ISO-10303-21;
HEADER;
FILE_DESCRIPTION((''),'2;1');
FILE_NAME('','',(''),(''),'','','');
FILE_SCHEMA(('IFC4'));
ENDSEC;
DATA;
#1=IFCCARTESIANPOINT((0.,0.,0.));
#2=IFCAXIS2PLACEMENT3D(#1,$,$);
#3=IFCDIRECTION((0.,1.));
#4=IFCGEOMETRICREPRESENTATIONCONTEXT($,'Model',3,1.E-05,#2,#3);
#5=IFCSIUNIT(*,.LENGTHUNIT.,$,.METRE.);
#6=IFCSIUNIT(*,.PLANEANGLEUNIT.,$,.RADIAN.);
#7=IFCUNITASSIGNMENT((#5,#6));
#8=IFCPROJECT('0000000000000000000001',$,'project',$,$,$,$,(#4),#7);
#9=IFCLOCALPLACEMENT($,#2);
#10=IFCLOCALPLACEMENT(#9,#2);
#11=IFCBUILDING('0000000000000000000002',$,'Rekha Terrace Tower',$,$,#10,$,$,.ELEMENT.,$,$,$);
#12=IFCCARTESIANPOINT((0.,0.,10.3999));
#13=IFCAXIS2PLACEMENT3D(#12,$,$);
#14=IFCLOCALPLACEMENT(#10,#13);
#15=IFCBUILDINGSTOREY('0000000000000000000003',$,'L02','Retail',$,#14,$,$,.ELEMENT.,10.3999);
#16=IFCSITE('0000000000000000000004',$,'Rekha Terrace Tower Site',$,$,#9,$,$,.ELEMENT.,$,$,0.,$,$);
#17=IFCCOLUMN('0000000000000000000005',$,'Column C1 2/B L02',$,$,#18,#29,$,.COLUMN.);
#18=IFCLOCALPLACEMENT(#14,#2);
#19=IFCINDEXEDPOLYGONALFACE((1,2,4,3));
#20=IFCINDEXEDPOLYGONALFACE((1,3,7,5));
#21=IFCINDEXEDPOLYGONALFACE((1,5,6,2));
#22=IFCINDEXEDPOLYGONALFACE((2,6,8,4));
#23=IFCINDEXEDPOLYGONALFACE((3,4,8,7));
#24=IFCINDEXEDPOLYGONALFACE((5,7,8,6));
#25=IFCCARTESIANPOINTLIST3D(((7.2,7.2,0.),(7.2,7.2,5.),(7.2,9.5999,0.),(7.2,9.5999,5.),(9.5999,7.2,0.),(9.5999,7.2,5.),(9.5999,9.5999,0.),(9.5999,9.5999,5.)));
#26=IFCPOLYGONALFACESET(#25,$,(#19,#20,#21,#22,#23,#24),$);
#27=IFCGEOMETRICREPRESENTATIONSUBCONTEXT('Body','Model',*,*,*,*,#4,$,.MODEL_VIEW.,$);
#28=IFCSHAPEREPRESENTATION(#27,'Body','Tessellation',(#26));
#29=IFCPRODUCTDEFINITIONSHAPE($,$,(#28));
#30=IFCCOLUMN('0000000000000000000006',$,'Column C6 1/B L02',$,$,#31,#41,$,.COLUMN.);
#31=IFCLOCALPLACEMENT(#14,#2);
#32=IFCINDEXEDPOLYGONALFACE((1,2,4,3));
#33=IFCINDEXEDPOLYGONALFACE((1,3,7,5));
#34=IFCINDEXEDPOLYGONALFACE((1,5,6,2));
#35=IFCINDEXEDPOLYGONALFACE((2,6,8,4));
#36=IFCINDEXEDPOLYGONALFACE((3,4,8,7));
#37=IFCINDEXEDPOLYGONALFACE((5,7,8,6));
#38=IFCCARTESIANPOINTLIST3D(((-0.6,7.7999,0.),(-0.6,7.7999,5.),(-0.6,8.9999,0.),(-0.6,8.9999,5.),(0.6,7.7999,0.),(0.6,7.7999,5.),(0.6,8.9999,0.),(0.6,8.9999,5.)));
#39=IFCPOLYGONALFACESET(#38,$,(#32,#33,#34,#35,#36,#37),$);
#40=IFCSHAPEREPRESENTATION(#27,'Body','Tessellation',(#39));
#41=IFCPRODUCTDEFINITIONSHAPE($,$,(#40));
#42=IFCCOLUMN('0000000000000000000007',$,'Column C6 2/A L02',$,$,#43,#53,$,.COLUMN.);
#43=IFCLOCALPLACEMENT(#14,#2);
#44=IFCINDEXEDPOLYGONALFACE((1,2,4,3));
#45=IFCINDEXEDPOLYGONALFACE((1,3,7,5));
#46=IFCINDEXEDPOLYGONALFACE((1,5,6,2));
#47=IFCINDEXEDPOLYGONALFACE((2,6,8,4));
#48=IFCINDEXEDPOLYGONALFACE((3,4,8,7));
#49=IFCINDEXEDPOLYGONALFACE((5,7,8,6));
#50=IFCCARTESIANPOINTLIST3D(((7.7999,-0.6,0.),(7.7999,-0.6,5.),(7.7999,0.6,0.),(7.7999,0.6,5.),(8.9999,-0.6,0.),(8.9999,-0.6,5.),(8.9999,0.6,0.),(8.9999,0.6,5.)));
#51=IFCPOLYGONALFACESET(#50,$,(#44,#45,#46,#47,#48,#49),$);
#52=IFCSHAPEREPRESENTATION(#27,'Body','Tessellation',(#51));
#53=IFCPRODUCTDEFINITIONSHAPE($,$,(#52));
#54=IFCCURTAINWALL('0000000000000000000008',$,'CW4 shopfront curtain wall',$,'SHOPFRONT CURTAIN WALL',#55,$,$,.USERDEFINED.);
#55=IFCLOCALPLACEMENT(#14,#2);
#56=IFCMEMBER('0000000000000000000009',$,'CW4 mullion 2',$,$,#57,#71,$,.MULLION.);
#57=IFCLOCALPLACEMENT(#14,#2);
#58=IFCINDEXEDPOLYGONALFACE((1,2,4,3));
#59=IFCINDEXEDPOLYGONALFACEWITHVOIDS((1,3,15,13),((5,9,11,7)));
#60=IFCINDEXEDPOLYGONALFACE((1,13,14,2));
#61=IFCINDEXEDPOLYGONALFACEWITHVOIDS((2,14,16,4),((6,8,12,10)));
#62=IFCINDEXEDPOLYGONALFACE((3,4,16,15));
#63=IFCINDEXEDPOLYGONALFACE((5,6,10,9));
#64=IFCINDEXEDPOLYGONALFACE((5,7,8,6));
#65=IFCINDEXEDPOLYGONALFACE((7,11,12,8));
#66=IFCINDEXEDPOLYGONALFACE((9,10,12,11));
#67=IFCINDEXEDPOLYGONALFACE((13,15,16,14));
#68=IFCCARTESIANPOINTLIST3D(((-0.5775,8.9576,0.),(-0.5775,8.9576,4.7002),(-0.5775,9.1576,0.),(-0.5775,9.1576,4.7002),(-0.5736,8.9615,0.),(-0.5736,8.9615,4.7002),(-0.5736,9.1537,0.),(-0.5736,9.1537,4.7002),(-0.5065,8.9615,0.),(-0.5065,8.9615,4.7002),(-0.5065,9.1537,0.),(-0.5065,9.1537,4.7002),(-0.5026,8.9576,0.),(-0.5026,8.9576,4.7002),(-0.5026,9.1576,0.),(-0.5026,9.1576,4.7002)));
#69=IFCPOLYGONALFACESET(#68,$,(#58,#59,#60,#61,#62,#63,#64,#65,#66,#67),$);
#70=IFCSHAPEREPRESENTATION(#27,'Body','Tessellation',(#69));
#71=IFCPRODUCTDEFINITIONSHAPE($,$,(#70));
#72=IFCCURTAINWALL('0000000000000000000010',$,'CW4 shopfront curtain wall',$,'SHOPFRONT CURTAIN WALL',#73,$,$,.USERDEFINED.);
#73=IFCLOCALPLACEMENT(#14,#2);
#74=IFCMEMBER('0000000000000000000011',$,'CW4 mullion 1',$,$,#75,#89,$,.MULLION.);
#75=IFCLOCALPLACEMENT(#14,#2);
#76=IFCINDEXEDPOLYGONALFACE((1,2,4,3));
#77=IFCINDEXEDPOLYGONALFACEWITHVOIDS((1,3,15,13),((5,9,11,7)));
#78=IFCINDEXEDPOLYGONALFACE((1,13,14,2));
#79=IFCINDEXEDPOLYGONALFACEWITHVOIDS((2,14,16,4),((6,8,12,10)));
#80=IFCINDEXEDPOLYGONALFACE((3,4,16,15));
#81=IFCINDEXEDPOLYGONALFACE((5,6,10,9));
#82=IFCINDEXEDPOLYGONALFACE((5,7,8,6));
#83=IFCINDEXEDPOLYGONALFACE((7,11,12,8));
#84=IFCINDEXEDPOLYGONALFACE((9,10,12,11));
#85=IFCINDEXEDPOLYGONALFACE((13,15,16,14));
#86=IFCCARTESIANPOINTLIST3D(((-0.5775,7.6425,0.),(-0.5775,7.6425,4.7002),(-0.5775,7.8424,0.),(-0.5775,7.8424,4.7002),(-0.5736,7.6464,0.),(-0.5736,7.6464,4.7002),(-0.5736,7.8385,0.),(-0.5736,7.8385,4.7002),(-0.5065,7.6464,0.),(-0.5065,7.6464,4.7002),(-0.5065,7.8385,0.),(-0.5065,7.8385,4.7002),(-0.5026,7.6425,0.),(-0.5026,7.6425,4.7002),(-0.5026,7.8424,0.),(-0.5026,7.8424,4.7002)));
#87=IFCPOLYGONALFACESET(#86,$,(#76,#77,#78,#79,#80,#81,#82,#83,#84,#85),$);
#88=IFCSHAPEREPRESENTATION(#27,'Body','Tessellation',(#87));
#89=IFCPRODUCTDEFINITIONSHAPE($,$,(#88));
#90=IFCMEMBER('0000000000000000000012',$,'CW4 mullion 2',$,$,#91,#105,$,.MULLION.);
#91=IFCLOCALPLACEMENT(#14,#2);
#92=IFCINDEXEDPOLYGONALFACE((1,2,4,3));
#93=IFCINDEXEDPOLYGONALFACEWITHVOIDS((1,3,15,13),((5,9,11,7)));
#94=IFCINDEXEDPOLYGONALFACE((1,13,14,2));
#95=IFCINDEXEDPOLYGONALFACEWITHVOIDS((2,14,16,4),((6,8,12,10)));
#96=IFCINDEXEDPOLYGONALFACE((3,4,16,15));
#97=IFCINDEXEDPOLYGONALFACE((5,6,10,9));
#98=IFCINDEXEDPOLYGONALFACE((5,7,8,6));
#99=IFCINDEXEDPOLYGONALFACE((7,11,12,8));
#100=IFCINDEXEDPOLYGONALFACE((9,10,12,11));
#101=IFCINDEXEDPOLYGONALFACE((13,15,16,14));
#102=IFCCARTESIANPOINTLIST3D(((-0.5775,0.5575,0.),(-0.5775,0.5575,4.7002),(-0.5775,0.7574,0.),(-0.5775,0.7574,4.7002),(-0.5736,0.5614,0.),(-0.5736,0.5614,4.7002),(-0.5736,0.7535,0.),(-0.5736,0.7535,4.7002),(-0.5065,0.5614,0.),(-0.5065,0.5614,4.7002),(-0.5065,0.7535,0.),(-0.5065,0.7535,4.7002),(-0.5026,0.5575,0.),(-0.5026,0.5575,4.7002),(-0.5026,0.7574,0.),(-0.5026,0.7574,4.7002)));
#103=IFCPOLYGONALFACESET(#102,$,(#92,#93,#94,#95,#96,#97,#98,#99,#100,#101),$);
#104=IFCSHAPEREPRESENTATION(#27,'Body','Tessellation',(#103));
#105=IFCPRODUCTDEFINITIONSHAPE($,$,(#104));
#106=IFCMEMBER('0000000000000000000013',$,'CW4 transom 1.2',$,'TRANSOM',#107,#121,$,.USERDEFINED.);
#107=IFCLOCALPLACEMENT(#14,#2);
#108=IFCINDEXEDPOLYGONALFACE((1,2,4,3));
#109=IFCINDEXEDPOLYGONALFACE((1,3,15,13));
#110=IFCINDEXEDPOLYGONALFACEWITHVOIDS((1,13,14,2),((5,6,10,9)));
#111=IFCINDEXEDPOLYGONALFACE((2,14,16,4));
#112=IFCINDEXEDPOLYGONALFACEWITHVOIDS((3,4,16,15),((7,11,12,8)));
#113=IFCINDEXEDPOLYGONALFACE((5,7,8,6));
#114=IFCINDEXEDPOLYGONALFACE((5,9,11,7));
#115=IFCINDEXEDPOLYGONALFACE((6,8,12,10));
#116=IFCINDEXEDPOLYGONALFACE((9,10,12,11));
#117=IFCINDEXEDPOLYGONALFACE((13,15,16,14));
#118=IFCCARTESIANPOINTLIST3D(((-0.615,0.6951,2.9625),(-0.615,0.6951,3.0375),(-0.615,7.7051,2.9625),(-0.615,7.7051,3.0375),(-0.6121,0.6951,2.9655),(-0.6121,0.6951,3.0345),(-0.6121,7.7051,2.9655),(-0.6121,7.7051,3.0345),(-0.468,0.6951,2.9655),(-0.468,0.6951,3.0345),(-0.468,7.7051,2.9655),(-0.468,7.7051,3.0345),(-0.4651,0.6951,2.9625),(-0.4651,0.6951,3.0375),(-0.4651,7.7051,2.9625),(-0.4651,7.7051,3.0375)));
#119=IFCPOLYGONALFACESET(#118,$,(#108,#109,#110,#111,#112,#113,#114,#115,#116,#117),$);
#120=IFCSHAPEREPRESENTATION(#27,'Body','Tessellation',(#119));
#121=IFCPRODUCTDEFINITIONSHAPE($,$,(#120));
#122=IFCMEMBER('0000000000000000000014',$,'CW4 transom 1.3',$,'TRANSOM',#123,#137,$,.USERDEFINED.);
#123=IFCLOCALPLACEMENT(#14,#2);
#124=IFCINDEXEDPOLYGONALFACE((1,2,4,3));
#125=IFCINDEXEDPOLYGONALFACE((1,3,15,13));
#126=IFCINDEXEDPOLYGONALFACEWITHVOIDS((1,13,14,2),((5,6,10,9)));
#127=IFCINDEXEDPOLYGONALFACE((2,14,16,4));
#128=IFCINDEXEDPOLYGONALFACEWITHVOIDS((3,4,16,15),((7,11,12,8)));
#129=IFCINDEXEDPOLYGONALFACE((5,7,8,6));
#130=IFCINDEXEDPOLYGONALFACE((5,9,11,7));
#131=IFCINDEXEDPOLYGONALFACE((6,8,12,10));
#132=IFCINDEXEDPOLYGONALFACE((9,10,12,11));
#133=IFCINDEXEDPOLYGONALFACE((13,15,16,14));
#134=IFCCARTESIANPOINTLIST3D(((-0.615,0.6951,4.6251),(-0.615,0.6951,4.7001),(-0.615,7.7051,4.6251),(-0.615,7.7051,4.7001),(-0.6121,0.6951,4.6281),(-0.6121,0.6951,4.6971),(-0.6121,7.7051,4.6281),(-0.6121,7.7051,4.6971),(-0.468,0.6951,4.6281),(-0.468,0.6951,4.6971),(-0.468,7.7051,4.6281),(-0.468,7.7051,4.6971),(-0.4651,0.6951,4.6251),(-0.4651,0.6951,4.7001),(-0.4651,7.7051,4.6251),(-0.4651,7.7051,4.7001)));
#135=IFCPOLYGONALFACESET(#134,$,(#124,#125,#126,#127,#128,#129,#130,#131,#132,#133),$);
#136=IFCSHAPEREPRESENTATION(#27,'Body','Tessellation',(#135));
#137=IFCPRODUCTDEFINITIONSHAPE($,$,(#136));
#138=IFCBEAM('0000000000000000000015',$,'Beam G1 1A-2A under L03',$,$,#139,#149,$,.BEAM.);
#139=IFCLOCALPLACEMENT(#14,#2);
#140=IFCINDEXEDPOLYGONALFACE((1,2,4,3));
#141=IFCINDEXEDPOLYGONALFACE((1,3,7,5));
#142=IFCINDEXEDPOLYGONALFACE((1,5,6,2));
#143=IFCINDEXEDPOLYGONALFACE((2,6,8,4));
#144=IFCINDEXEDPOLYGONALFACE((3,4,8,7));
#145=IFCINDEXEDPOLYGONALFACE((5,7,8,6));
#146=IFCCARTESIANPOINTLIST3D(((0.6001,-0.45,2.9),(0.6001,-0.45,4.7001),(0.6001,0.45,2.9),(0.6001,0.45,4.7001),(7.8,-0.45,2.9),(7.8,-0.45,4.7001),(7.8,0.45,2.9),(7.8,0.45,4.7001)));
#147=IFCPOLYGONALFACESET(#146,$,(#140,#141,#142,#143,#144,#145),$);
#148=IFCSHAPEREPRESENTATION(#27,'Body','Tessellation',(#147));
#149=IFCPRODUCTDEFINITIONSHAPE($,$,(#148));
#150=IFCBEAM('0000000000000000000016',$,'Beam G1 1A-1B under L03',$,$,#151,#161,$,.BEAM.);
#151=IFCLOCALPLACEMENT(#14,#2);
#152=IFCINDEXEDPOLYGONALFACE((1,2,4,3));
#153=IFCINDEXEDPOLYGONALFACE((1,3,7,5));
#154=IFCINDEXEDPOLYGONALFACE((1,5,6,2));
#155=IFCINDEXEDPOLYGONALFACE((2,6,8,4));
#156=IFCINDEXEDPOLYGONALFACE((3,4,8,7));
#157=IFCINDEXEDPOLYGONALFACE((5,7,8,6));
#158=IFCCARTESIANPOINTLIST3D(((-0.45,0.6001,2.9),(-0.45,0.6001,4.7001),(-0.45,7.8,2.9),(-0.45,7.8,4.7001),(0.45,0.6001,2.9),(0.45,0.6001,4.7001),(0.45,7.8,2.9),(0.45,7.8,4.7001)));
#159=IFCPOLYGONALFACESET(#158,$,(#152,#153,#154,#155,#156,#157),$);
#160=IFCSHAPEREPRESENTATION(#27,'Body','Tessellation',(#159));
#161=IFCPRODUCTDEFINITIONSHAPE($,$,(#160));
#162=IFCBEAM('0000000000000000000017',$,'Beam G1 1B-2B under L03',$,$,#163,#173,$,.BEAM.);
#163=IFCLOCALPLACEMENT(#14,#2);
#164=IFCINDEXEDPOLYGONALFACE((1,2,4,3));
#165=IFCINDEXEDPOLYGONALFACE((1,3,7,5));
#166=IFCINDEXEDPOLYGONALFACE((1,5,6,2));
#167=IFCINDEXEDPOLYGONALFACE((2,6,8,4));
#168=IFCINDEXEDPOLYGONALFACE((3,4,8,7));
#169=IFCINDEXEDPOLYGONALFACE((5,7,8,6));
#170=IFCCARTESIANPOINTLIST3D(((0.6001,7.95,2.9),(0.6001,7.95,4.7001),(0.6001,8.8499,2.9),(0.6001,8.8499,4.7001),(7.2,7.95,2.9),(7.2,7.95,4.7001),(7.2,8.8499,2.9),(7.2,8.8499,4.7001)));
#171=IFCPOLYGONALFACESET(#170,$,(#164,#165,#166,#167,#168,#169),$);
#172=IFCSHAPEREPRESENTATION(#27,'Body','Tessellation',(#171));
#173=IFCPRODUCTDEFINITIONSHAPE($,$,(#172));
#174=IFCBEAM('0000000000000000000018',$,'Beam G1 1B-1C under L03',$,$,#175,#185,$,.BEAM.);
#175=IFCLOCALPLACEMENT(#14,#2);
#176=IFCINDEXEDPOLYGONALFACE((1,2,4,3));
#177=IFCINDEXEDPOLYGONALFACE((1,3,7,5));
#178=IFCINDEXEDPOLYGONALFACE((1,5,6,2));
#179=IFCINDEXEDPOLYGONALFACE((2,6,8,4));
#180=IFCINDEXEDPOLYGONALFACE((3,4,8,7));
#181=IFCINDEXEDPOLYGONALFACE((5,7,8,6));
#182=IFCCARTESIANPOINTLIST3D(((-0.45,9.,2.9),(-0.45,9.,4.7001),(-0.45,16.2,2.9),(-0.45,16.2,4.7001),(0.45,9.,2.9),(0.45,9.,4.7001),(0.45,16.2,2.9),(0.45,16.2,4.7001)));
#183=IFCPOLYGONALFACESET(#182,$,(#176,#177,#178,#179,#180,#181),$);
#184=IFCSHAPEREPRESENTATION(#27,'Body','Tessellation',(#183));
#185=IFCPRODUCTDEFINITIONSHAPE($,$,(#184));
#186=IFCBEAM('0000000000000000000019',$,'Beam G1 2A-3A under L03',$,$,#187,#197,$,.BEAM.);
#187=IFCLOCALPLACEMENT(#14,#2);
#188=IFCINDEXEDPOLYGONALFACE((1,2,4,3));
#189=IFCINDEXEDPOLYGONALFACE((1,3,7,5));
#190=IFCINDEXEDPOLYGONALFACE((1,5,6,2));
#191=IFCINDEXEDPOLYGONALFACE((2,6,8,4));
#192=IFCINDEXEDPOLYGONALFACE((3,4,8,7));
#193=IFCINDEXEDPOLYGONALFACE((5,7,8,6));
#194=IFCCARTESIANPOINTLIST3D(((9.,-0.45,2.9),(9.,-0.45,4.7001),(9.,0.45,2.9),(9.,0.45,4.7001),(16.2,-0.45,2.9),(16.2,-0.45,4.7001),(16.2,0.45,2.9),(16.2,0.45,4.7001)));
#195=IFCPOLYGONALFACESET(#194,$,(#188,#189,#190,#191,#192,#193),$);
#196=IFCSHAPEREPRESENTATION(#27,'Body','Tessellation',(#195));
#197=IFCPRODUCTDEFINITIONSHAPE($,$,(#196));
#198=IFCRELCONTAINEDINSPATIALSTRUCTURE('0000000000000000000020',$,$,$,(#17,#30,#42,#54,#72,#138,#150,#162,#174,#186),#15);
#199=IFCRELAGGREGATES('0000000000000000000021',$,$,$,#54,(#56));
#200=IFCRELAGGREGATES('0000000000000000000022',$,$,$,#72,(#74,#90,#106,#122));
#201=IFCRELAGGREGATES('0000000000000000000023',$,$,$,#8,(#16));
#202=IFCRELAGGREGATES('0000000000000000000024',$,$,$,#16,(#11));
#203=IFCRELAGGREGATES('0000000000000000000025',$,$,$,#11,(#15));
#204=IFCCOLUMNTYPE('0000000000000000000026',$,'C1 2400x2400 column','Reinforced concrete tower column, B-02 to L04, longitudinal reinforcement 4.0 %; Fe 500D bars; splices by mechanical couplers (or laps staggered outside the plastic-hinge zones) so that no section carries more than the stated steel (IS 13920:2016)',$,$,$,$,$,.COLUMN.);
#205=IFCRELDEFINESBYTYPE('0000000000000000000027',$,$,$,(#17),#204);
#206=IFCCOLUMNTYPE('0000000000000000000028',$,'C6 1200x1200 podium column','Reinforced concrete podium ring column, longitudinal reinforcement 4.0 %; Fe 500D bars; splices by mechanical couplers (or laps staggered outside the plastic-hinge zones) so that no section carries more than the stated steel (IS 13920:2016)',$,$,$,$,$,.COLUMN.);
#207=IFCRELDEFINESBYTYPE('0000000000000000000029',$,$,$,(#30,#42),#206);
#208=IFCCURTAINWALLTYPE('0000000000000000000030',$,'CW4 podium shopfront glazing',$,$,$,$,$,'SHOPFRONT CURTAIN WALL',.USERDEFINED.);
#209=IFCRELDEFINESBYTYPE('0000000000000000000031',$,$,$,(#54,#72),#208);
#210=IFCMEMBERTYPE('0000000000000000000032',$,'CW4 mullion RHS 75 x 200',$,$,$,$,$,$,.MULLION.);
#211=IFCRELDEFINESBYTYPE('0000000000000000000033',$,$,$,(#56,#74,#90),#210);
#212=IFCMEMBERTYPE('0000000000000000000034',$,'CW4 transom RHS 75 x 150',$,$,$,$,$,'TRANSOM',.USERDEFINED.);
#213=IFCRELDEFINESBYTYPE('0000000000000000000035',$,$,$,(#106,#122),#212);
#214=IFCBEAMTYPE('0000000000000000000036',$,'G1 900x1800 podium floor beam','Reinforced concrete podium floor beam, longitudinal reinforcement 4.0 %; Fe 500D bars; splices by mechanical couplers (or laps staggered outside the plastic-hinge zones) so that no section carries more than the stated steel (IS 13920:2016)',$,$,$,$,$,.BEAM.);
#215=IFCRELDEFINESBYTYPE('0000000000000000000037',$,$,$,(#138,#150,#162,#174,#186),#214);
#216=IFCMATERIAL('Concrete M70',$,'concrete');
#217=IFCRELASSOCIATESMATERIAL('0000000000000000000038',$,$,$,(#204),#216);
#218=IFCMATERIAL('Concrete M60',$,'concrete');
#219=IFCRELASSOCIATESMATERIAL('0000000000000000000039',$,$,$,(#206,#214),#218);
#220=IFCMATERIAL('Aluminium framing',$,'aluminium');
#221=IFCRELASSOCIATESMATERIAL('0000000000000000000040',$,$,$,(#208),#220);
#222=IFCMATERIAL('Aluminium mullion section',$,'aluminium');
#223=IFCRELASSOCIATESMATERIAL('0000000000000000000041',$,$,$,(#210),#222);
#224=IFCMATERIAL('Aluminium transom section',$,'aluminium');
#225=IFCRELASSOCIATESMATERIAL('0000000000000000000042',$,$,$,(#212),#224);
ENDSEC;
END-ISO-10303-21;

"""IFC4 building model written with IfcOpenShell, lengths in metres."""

from ifc_helpers import new_model, si_unit, direction, frame, origin, origin_2d, place, context, subcontext, project, spatial, rectangle, hollow_rectangle, extrude, material, material_profile, profile_set, type_object, element, aggregate, save


model = new_model("IFC4")

# Units and contexts
model_context = context("Model", 3, precision=1e-05, world=origin(), true_north=direction((0.0, 1.0)))
body_context = subcontext(model_context, "Body", "Model", "MODEL_VIEW")
ifc_project = project(units=[si_unit("LENGTHUNIT", "METRE"), si_unit("PLANEANGLEUNIT", "RADIAN")], contexts=[model_context])

# Site, building, storey
site_placement = place(None, origin())
site = spatial("IfcSite", under=ifc_project, at=site_placement, Name="Rekha Terrace Tower Site", CompositionType="ELEMENT", RefElevation=0.0)
building_placement = place(site_placement, origin())
building = spatial("IfcBuilding", under=site, at=building_placement, Name="Rekha Terrace Tower", CompositionType="ELEMENT")
storey_placement = place(building_placement, frame((0.0, 0.0, 10.3999)))
storey = spatial("IfcBuildingStorey", under=building, at=storey_placement, Name="L02", Description="Retail", CompositionType="ELEMENT", Elevation=10.3999)

# Columns
ifc_material_1 = material(Name="Concrete M70", Category="concrete")
ifc_material_profile_1 = material_profile(ifc_material_1, rectangle(XDim=2.3999, YDim=2.3999, at=origin_2d()), Name="RC 2400x2400")
ifc_profile_set_1 = profile_set([ifc_material_profile_1], Name="Concrete M70")
column_type_1 = type_object("IfcColumnType", Name="C1 2400x2400 column", Description="Reinforced concrete tower column, B-02 to L04, longitudinal reinforcement 4.0 %; Fe 500D bars; splices by mechanical couplers (or laps staggered outside the plastic-hinge zones) so that no section carries more than the stated steel (IS 13920:2016)", PredefinedType="COLUMN", material=ifc_profile_set_1)
column_placement = place(storey_placement, frame((8.3999, 8.3999, 0.0), z_axis=(0.0, 0.0, 1.0), x_axis=(1.0, 0.0, 0.0)))
element("IfcColumn", 1, at=column_placement, inside=storey, type_object=column_type_1, Name="Column C1 2/B L02", PredefinedType="COLUMN", context=body_context, shape_type="SweptSolid", body=[
    extrude(rectangle(XDim=2.3999, YDim=2.3999, at=origin_2d()), origin(), (0.0, 0.0, 1.0), 5.0),
])
ifc_material_2 = material(Name="Concrete M60", Category="concrete")
ifc_material_profile_2 = material_profile(ifc_material_2, rectangle(XDim=1.2, YDim=1.2, at=origin_2d()), Name="RC 1200x1200")
ifc_profile_set_2 = profile_set([ifc_material_profile_2], Name="Concrete M60")
column_type_2 = type_object("IfcColumnType", Name="C6 1200x1200 podium column", Description="Reinforced concrete podium ring column, longitudinal reinforcement 4.0 %; Fe 500D bars; splices by mechanical couplers (or laps staggered outside the plastic-hinge zones) so that no section carries more than the stated steel (IS 13920:2016)", PredefinedType="COLUMN", material=ifc_profile_set_2)
for number, where, z_axis, x_axis, name in (
    (2, (0.0, 8.3999, 0.0), (0.0, 0.0, 1.0), (1.0, 0.0, 0.0), "Column C6 1/B L02"),
    (3, (8.3999, 0.0, 0.0), (0.0, 0.0, 1.0), (1.0, 0.0, 0.0), "Column C6 2/A L02"),
):
    element("IfcColumn", number, at=place(storey_placement, frame(where, z_axis=z_axis, x_axis=x_axis)), inside=storey, type_object=column_type_2, Name=name, PredefinedType="COLUMN", context=body_context, shape_type="SweptSolid", body=[
        extrude(rectangle(XDim=1.2, YDim=1.2, at=origin_2d()), origin(), (0.0, 0.0, 1.0), 5.0),
    ])

# Curtain wall, member
ifc_material_3 = material(Name="Aluminium framing", Category="aluminium")
curtain_wall_type = type_object("IfcCurtainWallType", Name="CW4 podium shopfront glazing", ElementType="SHOPFRONT CURTAIN WALL", PredefinedType="USERDEFINED", material=ifc_material_3)
curtain_wall_1_placement = place(storey_placement, origin())
curtain_wall_1 = element("IfcCurtainWall", 4, at=curtain_wall_1_placement, inside=storey, type_object=curtain_wall_type, Name="CW4 shopfront curtain wall", ObjectType="SHOPFRONT CURTAIN WALL", PredefinedType="USERDEFINED")
ifc_material_4 = material(Name="Aluminium mullion section", Category="aluminium")
ifc_material_profile_3 = material_profile(ifc_material_4, hollow_rectangle(XDim=0.075, YDim=0.2, WallThickness=0.0039, at=origin_2d()), Name="AL RHS 75x200")
ifc_profile_set_3 = profile_set([ifc_material_profile_3], Name="Aluminium mullion section")
member_type_1 = type_object("IfcMemberType", Name="CW4 mullion RHS 75 x 200", PredefinedType="MULLION", material=ifc_profile_set_3)
member_1_placement = place(storey_placement, frame((-0.54, 9.0576, 0.0), z_axis=(0.0, 0.0, 1.0), x_axis=(1.0, 0.0, 0.0)))
member_1 = element("IfcMember", 5, at=member_1_placement, type_object=member_type_1, Name="CW4 mullion 2", PredefinedType="MULLION", context=body_context, shape_type="SweptSolid", body=[
    extrude(hollow_rectangle(XDim=0.075, YDim=0.2, WallThickness=0.0039, at=origin_2d()), origin(), (0.0, 0.0, 1.0), 4.7002),
])

# Curtain wall, members
curtain_wall_2_placement = place(storey_placement, origin())
curtain_wall_2 = element("IfcCurtainWall", 6, at=curtain_wall_2_placement, inside=storey, type_object=curtain_wall_type, Name="CW4 shopfront curtain wall", ObjectType="SHOPFRONT CURTAIN WALL", PredefinedType="USERDEFINED")
member_2_placement = place(storey_placement, frame((-0.54, 7.7424, 0.0), z_axis=(0.0, 0.0, 1.0), x_axis=(1.0, 0.0, 0.0)))
member_2 = element("IfcMember", 7, at=member_2_placement, type_object=member_type_1, Name="CW4 mullion 1", PredefinedType="MULLION", context=body_context, shape_type="SweptSolid", body=[
    extrude(hollow_rectangle(XDim=0.075, YDim=0.2, WallThickness=0.0039, at=origin_2d()), origin(), (0.0, 0.0, 1.0), 4.7002),
])
member_3_placement = place(storey_placement, frame((-0.54, 0.6575, 0.0), z_axis=(0.0, 0.0, 1.0), x_axis=(1.0, 0.0, 0.0)))
member_3 = element("IfcMember", 8, at=member_3_placement, type_object=member_type_1, Name="CW4 mullion 2", PredefinedType="MULLION", context=body_context, shape_type="SweptSolid", body=[
    extrude(hollow_rectangle(XDim=0.075, YDim=0.2, WallThickness=0.0039, at=origin_2d()), origin(), (0.0, 0.0, 1.0), 4.7002),
])
ifc_material_5 = material(Name="Aluminium transom section", Category="aluminium")
ifc_material_profile_4 = material_profile(ifc_material_5, hollow_rectangle(XDim=0.1499, YDim=0.075, WallThickness=0.0029, at=origin_2d()), Name="AL RHS 150x75")
ifc_profile_set_4 = profile_set([ifc_material_profile_4], Name="Aluminium transom section")
member_type_2 = type_object("IfcMemberType", Name="CW4 transom RHS 75 x 150", ElementType="TRANSOM", PredefinedType="USERDEFINED", material=ifc_profile_set_4)
member_4_placement = place(storey_placement, frame((-0.54, 7.7051, 3.0), z_axis=(0.0, -1.0, 0.0), x_axis=(1.0, 0.0, 0.0)))
member_4 = element("IfcMember", 9, at=member_4_placement, type_object=member_type_2, Name="CW4 transom 1.2", ObjectType="TRANSOM", PredefinedType="USERDEFINED", context=body_context, shape_type="SweptSolid", body=[
    extrude(hollow_rectangle(XDim=0.1499, YDim=0.075, WallThickness=0.0029, at=origin_2d()), origin(), (0.0, 0.0, 1.0), 7.01),
])
member_5_placement = place(storey_placement, frame((-0.54, 7.7051, 4.6626), z_axis=(0.0, -1.0, 0.0), x_axis=(1.0, 0.0, 0.0)))
member_5 = element("IfcMember", 10, at=member_5_placement, type_object=member_type_2, Name="CW4 transom 1.3", ObjectType="TRANSOM", PredefinedType="USERDEFINED", context=body_context, shape_type="SweptSolid", body=[
    extrude(hollow_rectangle(XDim=0.1499, YDim=0.075, WallThickness=0.0029, at=origin_2d()), origin(), (0.0, 0.0, 1.0), 7.01),
])

# Beams
ifc_material_profile_5 = material_profile(ifc_material_2, rectangle(XDim=0.8999, YDim=1.8, at=origin_2d()), Name="RC 900x1800")
ifc_profile_set_5 = profile_set([ifc_material_profile_5], Name="Concrete M60")
beam_type = type_object("IfcBeamType", Name="G1 900x1800 podium floor beam", Description="Reinforced concrete podium floor beam, longitudinal reinforcement 4.0 %; Fe 500D bars; splices by mechanical couplers (or laps staggered outside the plastic-hinge zones) so that no section carries more than the stated steel (IS 13920:2016)", PredefinedType="BEAM", material=ifc_profile_set_5)
for number, where, z_axis, x_axis, name in (
    (11, (0.6001, 0.0, 3.8), (1.0, 0.0, 0.0), (0.0, 1.0, 0.0), "Beam G1 1A-2A under L03"),
    (12, (0.0, 0.6001, 3.8), (0.0, 1.0, 0.0), (-1.0, 0.0, 0.0), "Beam G1 1A-1B under L03"),
):
    element("IfcBeam", number, at=place(storey_placement, frame(where, z_axis=z_axis, x_axis=x_axis)), inside=storey, type_object=beam_type, Name=name, PredefinedType="BEAM", context=body_context, shape_type="SweptSolid", body=[
        extrude(rectangle(XDim=0.8999, YDim=1.8, at=origin_2d()), origin(), (0.0, 0.0, 1.0), 7.2),
    ])
beam_1_placement = place(storey_placement, frame((0.6001, 8.3999, 3.8), z_axis=(1.0, 0.0, 0.0), x_axis=(0.0, 1.0, 0.0)))
element("IfcBeam", 13, at=beam_1_placement, inside=storey, type_object=beam_type, Name="Beam G1 1B-2B under L03", PredefinedType="BEAM", context=body_context, shape_type="SweptSolid", body=[
    extrude(rectangle(XDim=0.8999, YDim=1.8, at=origin_2d()), origin(), (0.0, 0.0, 1.0), 6.5999),
])
for number, where, z_axis, x_axis, name in (
    (14, (0.0, 9.0, 3.8), (0.0, 1.0, 0.0), (-1.0, 0.0, 0.0), "Beam G1 1B-1C under L03"),
    (15, (9.0, 0.0, 3.8), (1.0, 0.0, 0.0), (0.0, 1.0, 0.0), "Beam G1 2A-3A under L03"),
):
    element("IfcBeam", number, at=place(storey_placement, frame(where, z_axis=z_axis, x_axis=x_axis)), inside=storey, type_object=beam_type, Name=name, PredefinedType="BEAM", context=body_context, shape_type="SweptSolid", body=[
        extrude(rectangle(XDim=0.8999, YDim=1.8, at=origin_2d()), origin(), (0.0, 0.0, 1.0), 7.2),
    ])

aggregate(curtain_wall_1, [member_1])
aggregate(curtain_wall_2, [member_2, member_3, member_4, member_5])

save(model, "model.ifc")
